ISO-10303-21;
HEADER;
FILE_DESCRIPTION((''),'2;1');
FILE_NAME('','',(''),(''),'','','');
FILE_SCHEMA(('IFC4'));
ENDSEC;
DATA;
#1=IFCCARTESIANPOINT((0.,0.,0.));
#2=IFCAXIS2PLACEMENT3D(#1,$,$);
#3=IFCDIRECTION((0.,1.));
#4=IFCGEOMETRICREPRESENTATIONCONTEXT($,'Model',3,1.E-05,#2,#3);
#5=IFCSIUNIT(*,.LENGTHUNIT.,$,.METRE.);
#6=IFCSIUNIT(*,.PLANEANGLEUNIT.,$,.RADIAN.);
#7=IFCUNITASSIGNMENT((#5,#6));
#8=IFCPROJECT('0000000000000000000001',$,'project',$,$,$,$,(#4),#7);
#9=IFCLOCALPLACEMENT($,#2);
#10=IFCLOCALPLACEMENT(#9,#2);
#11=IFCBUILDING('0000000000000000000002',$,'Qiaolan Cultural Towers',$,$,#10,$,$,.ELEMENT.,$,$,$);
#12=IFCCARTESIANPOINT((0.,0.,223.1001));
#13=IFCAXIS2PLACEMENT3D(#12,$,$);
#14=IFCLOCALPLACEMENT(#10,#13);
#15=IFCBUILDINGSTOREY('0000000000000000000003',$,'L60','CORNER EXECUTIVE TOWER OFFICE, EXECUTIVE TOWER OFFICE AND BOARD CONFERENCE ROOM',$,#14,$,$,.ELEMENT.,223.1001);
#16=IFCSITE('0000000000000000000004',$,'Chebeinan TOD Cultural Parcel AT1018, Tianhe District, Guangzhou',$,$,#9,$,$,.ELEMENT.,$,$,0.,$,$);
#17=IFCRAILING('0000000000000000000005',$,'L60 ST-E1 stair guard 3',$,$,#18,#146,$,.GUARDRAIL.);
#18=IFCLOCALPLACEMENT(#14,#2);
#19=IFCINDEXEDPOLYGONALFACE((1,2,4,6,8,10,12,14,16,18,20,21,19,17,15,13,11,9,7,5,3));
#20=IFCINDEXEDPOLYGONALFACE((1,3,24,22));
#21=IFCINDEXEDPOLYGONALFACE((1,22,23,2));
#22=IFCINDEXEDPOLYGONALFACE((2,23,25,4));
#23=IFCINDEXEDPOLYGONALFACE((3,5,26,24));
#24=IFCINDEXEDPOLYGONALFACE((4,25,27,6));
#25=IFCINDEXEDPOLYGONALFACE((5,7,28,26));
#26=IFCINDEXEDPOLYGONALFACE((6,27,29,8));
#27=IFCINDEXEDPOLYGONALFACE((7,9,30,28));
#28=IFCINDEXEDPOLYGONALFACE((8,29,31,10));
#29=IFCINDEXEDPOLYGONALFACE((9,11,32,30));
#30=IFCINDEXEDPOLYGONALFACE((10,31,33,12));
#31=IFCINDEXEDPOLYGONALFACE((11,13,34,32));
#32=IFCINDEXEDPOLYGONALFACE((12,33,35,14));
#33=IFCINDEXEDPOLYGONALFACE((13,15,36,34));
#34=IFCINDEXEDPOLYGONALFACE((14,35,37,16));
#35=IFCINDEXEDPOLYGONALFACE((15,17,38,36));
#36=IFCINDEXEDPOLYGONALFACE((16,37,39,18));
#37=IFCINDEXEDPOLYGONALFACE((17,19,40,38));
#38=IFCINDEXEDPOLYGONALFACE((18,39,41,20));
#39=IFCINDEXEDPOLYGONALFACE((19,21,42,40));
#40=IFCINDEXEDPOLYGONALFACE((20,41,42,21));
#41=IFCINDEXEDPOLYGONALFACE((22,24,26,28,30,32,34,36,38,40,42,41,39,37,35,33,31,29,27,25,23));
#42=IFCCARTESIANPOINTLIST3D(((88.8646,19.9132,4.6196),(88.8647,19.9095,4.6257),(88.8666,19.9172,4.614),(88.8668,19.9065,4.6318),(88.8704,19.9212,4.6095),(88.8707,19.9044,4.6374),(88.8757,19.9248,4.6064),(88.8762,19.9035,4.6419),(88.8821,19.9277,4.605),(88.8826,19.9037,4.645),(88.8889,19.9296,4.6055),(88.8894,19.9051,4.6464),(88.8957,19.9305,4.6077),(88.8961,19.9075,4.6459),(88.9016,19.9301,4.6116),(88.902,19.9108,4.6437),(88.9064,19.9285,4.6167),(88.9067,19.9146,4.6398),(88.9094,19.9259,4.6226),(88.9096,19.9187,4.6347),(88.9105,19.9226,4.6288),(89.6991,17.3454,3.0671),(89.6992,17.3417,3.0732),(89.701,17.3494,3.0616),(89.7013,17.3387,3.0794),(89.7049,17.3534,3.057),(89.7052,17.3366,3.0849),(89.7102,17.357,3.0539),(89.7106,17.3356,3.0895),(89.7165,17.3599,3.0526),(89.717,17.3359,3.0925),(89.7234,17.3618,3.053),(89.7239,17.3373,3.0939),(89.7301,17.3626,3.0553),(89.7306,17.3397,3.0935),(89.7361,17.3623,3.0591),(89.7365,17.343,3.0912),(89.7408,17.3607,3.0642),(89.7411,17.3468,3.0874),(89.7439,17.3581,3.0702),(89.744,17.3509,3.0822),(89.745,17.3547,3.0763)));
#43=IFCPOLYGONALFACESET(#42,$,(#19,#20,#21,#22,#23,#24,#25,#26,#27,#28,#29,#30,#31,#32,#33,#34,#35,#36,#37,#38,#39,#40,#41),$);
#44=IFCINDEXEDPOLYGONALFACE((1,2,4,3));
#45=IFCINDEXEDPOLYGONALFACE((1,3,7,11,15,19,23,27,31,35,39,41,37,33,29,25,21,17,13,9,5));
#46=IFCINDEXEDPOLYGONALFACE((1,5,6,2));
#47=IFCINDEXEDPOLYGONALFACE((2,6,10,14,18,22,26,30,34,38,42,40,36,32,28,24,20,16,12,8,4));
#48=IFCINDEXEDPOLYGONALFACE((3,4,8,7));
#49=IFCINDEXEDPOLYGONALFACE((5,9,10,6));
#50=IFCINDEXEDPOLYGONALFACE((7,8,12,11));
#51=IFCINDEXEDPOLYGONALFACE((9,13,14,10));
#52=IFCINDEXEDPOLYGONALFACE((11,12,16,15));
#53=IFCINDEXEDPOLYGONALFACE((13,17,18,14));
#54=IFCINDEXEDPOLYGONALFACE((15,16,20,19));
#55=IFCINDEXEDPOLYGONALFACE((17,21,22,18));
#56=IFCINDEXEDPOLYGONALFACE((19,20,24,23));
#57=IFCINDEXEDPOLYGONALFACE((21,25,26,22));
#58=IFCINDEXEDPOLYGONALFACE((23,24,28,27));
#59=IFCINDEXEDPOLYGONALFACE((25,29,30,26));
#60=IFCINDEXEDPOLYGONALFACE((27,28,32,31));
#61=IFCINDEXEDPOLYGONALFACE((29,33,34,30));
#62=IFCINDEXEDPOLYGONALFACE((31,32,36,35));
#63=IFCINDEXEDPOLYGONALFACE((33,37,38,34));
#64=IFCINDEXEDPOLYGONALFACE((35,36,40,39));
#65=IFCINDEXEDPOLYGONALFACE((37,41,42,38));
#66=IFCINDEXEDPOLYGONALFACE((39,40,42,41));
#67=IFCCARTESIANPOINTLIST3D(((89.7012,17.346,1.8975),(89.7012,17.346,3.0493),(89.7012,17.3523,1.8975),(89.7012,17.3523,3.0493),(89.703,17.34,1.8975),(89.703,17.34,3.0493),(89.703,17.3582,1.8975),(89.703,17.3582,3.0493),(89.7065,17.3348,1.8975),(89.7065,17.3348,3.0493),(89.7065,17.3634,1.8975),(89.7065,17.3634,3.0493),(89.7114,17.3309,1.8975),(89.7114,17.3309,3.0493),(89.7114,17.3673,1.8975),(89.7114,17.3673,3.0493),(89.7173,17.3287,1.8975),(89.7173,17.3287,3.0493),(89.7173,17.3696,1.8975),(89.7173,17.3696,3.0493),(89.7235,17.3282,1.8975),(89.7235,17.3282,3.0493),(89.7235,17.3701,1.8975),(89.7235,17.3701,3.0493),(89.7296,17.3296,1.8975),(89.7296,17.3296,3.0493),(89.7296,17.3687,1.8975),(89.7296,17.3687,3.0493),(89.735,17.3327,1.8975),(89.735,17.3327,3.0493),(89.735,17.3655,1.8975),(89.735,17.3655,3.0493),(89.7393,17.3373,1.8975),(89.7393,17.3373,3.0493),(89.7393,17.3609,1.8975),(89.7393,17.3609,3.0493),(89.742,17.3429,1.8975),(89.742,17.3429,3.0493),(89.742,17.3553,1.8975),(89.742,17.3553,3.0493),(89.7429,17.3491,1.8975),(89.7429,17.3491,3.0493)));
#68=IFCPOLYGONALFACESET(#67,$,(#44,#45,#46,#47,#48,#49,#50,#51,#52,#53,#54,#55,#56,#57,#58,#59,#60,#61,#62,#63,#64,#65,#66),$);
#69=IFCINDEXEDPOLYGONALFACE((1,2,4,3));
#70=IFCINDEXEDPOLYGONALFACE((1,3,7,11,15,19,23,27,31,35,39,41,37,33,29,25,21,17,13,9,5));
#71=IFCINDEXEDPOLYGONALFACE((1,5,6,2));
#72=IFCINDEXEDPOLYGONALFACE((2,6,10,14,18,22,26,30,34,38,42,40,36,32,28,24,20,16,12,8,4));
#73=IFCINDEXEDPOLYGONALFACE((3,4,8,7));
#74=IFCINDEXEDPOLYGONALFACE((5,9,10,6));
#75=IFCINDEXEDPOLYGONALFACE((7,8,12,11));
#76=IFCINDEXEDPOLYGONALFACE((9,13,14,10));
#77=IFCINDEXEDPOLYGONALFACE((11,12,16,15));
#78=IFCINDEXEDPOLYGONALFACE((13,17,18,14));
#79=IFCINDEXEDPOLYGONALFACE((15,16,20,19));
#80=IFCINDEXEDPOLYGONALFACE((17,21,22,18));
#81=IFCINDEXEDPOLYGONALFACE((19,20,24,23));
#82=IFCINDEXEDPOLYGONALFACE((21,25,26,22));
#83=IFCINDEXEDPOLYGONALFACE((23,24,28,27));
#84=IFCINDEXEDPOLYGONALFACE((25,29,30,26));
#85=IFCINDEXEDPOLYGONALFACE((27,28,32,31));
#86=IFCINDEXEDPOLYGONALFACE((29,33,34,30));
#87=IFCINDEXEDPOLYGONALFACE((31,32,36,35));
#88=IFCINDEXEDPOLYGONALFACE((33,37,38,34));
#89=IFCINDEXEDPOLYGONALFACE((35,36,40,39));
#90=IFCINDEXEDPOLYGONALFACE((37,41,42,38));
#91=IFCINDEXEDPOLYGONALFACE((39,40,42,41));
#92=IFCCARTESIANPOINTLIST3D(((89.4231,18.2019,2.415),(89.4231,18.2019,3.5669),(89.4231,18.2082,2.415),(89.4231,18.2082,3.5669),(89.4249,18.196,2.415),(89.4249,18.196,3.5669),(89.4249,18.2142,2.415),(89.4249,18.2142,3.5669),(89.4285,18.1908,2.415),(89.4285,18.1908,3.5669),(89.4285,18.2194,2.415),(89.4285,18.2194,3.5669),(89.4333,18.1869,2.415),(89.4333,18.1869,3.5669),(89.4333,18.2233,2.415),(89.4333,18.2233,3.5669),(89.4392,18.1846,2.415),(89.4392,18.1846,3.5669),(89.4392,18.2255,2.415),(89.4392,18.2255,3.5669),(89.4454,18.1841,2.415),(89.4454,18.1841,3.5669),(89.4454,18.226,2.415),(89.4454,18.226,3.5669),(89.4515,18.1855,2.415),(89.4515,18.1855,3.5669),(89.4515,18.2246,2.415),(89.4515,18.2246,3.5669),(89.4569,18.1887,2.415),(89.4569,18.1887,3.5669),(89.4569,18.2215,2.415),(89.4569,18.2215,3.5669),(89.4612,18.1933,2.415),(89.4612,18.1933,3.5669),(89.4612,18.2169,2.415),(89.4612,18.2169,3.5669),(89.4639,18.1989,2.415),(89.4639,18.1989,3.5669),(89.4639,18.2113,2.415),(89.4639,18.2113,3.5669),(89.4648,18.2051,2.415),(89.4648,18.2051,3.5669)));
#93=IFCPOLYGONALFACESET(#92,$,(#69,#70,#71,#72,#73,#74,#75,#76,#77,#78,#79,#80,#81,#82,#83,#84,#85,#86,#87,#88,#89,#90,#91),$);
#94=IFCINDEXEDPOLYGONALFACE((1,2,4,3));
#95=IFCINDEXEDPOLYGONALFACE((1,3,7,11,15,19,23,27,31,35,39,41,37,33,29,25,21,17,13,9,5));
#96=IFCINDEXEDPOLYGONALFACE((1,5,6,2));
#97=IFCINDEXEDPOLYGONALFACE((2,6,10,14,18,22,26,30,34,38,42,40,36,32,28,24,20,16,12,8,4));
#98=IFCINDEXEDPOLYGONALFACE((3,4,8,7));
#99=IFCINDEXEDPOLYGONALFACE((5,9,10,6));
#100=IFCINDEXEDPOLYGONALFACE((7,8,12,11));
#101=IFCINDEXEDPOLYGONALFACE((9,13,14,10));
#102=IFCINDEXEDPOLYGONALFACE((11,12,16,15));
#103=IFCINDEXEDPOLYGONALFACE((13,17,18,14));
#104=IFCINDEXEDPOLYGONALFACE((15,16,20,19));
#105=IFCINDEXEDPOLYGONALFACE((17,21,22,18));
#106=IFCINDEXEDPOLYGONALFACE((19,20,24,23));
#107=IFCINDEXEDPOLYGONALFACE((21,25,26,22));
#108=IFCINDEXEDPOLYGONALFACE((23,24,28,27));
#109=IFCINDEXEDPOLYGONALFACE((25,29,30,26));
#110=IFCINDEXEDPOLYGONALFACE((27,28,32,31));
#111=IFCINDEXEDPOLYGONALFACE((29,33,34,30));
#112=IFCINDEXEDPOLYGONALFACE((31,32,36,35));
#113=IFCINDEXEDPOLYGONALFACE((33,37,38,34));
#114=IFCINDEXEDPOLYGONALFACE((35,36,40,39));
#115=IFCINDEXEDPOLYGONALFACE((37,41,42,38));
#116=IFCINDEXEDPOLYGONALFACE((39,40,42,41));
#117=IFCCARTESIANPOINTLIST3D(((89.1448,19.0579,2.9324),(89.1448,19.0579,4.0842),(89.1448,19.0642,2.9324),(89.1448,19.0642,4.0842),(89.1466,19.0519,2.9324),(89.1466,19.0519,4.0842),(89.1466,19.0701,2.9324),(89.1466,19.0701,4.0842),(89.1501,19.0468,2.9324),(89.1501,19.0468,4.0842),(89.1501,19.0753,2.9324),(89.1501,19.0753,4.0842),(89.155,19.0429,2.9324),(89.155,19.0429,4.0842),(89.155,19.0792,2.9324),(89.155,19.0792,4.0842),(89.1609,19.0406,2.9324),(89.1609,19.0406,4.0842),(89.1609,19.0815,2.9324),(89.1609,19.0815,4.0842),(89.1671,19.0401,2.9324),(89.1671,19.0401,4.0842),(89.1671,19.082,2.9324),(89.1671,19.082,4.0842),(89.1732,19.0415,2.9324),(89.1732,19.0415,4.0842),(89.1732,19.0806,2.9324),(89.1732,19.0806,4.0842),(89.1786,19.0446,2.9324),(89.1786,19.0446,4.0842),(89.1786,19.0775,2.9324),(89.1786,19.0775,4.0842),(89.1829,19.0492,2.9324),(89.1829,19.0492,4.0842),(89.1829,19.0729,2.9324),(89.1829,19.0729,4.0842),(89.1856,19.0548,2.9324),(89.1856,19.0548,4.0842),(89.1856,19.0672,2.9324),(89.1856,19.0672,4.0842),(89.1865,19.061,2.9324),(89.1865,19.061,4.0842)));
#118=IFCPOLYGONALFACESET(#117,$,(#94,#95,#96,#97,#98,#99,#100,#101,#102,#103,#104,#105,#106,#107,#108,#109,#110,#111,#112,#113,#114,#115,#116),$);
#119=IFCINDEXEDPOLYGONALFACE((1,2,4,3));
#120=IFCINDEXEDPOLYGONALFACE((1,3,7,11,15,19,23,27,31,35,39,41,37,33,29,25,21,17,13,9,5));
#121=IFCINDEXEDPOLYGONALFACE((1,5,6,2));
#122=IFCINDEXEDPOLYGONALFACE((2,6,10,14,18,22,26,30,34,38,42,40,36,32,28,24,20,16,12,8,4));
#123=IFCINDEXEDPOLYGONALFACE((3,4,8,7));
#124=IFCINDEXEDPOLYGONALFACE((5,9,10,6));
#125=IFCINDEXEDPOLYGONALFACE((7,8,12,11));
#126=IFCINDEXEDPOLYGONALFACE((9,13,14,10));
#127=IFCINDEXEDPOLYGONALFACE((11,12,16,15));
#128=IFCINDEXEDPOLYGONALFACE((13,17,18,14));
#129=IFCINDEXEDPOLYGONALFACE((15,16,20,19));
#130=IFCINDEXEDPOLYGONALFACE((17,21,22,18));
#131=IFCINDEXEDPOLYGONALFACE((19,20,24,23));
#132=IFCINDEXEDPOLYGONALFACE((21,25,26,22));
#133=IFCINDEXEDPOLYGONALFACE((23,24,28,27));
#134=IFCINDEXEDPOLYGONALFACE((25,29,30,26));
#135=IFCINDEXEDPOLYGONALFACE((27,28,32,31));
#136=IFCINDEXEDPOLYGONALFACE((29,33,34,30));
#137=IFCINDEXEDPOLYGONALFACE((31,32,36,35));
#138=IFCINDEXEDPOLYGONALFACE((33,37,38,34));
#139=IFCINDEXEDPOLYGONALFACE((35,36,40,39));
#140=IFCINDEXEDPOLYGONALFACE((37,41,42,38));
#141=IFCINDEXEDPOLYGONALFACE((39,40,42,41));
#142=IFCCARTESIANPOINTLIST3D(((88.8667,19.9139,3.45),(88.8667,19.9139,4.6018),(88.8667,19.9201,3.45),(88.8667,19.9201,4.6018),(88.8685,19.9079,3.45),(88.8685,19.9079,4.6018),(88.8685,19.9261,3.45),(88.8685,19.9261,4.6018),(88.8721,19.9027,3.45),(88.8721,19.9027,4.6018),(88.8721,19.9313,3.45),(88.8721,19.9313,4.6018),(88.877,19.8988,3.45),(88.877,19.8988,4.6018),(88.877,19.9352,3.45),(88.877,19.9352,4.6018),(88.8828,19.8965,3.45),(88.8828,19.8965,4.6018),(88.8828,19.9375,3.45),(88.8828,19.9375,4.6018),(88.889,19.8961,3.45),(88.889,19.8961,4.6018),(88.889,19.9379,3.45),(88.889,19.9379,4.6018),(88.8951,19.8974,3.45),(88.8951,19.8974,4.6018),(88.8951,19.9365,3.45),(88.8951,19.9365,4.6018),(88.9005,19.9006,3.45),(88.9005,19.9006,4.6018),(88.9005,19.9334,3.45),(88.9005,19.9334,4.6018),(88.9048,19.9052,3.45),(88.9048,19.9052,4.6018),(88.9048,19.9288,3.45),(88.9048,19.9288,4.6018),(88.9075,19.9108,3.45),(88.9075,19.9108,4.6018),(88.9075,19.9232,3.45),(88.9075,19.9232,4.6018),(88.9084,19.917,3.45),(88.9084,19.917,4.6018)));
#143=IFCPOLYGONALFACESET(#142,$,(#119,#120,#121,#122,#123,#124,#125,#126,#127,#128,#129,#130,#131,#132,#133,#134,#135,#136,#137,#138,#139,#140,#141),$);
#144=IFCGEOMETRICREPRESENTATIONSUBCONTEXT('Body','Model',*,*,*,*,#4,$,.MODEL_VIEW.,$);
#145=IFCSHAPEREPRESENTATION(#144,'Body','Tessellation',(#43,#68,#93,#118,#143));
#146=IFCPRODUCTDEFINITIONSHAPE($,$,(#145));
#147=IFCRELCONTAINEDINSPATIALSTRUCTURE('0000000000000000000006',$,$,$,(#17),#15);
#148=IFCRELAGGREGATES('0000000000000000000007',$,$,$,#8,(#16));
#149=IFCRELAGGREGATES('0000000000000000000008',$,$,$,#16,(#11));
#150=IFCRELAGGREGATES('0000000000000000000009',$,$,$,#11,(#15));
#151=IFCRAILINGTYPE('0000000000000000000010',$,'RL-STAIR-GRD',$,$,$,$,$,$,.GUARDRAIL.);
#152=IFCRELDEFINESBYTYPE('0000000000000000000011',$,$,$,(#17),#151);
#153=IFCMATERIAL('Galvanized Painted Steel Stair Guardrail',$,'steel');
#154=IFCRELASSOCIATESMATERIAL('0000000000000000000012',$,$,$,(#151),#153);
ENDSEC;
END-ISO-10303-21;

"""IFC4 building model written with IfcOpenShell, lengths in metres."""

from ifc_helpers import new_model, si_unit, direction, frame, origin, origin_2d, place, context, subcontext, project, spatial, circle, extrude, material, type_object, element, save


model = new_model("IFC4")

# Units and contexts
model_context = context("Model", 3, precision=1e-05, world=origin(), true_north=direction((0.0, 1.0)))
body_context = subcontext(model_context, "Body", "Model", "MODEL_VIEW")
ifc_project = project(units=[si_unit("LENGTHUNIT", "METRE"), si_unit("PLANEANGLEUNIT", "RADIAN")], contexts=[model_context])

# Site, building, storey
site_placement = place(None, origin())
site = spatial("IfcSite", under=ifc_project, at=site_placement, Name="Chebeinan TOD Cultural Parcel AT1018, Tianhe District, Guangzhou", CompositionType="ELEMENT", RefElevation=0.0)
building_placement = place(site_placement, origin())
building = spatial("IfcBuilding", under=site, at=building_placement, Name="Qiaolan Cultural Towers", CompositionType="ELEMENT")
storey_placement = place(building_placement, frame((0.0, 0.0, 223.1001)))
storey = spatial("IfcBuildingStorey", under=building, at=storey_placement, Name="L60", Description="CORNER EXECUTIVE TOWER OFFICE, EXECUTIVE TOWER OFFICE AND BOARD CONFERENCE ROOM", CompositionType="ELEMENT", Elevation=223.1001)

# Railing
ifc_material_1 = material(Name="Galvanized Painted Steel Stair Guardrail", Category="steel")
railing_type_1 = type_object("IfcRailingType", Name="RL-STAIR-GRD", PredefinedType="GUARDRAIL", material=ifc_material_1)
railing_1_placement = place(storey_placement, frame((89.7219, 17.3491, 1.8975)))
element("IfcRailing", 1, at=railing_1_placement, inside=storey, type_object=railing_type_1, Name="L60 ST-E1 stair guard 3", PredefinedType="GUARDRAIL", context=body_context, shape_type="SweptSolid", body=[
    extrude(circle(Radius=0.0239, at=origin_2d()), frame((0.0, 0.0, 1.1758), z_axis=(-0.267926, 0.824471, 0.498461), x_axis=(-0.951043, -0.309057, 0.0)), (0.0, 0.0, 1.0), 3.1145),
    extrude(circle(Radius=0.021, at=origin_2d()), origin(), (0.0, 0.0, 1.0), 1.1519),
    extrude(circle(Radius=0.021, at=origin_2d()), frame((-0.2781, 0.856, 0.5176)), (0.0, 0.0, 1.0), 1.1519),
    extrude(circle(Radius=0.021, at=origin_2d()), frame((-0.5564, 1.7119, 1.0349)), (0.0, 0.0, 1.0), 1.1519),
    extrude(circle(Radius=0.021, at=origin_2d()), frame((-0.8345, 2.5679, 1.5525)), (0.0, 0.0, 1.0), 1.1519),
])

save(model, "model.ifc")
